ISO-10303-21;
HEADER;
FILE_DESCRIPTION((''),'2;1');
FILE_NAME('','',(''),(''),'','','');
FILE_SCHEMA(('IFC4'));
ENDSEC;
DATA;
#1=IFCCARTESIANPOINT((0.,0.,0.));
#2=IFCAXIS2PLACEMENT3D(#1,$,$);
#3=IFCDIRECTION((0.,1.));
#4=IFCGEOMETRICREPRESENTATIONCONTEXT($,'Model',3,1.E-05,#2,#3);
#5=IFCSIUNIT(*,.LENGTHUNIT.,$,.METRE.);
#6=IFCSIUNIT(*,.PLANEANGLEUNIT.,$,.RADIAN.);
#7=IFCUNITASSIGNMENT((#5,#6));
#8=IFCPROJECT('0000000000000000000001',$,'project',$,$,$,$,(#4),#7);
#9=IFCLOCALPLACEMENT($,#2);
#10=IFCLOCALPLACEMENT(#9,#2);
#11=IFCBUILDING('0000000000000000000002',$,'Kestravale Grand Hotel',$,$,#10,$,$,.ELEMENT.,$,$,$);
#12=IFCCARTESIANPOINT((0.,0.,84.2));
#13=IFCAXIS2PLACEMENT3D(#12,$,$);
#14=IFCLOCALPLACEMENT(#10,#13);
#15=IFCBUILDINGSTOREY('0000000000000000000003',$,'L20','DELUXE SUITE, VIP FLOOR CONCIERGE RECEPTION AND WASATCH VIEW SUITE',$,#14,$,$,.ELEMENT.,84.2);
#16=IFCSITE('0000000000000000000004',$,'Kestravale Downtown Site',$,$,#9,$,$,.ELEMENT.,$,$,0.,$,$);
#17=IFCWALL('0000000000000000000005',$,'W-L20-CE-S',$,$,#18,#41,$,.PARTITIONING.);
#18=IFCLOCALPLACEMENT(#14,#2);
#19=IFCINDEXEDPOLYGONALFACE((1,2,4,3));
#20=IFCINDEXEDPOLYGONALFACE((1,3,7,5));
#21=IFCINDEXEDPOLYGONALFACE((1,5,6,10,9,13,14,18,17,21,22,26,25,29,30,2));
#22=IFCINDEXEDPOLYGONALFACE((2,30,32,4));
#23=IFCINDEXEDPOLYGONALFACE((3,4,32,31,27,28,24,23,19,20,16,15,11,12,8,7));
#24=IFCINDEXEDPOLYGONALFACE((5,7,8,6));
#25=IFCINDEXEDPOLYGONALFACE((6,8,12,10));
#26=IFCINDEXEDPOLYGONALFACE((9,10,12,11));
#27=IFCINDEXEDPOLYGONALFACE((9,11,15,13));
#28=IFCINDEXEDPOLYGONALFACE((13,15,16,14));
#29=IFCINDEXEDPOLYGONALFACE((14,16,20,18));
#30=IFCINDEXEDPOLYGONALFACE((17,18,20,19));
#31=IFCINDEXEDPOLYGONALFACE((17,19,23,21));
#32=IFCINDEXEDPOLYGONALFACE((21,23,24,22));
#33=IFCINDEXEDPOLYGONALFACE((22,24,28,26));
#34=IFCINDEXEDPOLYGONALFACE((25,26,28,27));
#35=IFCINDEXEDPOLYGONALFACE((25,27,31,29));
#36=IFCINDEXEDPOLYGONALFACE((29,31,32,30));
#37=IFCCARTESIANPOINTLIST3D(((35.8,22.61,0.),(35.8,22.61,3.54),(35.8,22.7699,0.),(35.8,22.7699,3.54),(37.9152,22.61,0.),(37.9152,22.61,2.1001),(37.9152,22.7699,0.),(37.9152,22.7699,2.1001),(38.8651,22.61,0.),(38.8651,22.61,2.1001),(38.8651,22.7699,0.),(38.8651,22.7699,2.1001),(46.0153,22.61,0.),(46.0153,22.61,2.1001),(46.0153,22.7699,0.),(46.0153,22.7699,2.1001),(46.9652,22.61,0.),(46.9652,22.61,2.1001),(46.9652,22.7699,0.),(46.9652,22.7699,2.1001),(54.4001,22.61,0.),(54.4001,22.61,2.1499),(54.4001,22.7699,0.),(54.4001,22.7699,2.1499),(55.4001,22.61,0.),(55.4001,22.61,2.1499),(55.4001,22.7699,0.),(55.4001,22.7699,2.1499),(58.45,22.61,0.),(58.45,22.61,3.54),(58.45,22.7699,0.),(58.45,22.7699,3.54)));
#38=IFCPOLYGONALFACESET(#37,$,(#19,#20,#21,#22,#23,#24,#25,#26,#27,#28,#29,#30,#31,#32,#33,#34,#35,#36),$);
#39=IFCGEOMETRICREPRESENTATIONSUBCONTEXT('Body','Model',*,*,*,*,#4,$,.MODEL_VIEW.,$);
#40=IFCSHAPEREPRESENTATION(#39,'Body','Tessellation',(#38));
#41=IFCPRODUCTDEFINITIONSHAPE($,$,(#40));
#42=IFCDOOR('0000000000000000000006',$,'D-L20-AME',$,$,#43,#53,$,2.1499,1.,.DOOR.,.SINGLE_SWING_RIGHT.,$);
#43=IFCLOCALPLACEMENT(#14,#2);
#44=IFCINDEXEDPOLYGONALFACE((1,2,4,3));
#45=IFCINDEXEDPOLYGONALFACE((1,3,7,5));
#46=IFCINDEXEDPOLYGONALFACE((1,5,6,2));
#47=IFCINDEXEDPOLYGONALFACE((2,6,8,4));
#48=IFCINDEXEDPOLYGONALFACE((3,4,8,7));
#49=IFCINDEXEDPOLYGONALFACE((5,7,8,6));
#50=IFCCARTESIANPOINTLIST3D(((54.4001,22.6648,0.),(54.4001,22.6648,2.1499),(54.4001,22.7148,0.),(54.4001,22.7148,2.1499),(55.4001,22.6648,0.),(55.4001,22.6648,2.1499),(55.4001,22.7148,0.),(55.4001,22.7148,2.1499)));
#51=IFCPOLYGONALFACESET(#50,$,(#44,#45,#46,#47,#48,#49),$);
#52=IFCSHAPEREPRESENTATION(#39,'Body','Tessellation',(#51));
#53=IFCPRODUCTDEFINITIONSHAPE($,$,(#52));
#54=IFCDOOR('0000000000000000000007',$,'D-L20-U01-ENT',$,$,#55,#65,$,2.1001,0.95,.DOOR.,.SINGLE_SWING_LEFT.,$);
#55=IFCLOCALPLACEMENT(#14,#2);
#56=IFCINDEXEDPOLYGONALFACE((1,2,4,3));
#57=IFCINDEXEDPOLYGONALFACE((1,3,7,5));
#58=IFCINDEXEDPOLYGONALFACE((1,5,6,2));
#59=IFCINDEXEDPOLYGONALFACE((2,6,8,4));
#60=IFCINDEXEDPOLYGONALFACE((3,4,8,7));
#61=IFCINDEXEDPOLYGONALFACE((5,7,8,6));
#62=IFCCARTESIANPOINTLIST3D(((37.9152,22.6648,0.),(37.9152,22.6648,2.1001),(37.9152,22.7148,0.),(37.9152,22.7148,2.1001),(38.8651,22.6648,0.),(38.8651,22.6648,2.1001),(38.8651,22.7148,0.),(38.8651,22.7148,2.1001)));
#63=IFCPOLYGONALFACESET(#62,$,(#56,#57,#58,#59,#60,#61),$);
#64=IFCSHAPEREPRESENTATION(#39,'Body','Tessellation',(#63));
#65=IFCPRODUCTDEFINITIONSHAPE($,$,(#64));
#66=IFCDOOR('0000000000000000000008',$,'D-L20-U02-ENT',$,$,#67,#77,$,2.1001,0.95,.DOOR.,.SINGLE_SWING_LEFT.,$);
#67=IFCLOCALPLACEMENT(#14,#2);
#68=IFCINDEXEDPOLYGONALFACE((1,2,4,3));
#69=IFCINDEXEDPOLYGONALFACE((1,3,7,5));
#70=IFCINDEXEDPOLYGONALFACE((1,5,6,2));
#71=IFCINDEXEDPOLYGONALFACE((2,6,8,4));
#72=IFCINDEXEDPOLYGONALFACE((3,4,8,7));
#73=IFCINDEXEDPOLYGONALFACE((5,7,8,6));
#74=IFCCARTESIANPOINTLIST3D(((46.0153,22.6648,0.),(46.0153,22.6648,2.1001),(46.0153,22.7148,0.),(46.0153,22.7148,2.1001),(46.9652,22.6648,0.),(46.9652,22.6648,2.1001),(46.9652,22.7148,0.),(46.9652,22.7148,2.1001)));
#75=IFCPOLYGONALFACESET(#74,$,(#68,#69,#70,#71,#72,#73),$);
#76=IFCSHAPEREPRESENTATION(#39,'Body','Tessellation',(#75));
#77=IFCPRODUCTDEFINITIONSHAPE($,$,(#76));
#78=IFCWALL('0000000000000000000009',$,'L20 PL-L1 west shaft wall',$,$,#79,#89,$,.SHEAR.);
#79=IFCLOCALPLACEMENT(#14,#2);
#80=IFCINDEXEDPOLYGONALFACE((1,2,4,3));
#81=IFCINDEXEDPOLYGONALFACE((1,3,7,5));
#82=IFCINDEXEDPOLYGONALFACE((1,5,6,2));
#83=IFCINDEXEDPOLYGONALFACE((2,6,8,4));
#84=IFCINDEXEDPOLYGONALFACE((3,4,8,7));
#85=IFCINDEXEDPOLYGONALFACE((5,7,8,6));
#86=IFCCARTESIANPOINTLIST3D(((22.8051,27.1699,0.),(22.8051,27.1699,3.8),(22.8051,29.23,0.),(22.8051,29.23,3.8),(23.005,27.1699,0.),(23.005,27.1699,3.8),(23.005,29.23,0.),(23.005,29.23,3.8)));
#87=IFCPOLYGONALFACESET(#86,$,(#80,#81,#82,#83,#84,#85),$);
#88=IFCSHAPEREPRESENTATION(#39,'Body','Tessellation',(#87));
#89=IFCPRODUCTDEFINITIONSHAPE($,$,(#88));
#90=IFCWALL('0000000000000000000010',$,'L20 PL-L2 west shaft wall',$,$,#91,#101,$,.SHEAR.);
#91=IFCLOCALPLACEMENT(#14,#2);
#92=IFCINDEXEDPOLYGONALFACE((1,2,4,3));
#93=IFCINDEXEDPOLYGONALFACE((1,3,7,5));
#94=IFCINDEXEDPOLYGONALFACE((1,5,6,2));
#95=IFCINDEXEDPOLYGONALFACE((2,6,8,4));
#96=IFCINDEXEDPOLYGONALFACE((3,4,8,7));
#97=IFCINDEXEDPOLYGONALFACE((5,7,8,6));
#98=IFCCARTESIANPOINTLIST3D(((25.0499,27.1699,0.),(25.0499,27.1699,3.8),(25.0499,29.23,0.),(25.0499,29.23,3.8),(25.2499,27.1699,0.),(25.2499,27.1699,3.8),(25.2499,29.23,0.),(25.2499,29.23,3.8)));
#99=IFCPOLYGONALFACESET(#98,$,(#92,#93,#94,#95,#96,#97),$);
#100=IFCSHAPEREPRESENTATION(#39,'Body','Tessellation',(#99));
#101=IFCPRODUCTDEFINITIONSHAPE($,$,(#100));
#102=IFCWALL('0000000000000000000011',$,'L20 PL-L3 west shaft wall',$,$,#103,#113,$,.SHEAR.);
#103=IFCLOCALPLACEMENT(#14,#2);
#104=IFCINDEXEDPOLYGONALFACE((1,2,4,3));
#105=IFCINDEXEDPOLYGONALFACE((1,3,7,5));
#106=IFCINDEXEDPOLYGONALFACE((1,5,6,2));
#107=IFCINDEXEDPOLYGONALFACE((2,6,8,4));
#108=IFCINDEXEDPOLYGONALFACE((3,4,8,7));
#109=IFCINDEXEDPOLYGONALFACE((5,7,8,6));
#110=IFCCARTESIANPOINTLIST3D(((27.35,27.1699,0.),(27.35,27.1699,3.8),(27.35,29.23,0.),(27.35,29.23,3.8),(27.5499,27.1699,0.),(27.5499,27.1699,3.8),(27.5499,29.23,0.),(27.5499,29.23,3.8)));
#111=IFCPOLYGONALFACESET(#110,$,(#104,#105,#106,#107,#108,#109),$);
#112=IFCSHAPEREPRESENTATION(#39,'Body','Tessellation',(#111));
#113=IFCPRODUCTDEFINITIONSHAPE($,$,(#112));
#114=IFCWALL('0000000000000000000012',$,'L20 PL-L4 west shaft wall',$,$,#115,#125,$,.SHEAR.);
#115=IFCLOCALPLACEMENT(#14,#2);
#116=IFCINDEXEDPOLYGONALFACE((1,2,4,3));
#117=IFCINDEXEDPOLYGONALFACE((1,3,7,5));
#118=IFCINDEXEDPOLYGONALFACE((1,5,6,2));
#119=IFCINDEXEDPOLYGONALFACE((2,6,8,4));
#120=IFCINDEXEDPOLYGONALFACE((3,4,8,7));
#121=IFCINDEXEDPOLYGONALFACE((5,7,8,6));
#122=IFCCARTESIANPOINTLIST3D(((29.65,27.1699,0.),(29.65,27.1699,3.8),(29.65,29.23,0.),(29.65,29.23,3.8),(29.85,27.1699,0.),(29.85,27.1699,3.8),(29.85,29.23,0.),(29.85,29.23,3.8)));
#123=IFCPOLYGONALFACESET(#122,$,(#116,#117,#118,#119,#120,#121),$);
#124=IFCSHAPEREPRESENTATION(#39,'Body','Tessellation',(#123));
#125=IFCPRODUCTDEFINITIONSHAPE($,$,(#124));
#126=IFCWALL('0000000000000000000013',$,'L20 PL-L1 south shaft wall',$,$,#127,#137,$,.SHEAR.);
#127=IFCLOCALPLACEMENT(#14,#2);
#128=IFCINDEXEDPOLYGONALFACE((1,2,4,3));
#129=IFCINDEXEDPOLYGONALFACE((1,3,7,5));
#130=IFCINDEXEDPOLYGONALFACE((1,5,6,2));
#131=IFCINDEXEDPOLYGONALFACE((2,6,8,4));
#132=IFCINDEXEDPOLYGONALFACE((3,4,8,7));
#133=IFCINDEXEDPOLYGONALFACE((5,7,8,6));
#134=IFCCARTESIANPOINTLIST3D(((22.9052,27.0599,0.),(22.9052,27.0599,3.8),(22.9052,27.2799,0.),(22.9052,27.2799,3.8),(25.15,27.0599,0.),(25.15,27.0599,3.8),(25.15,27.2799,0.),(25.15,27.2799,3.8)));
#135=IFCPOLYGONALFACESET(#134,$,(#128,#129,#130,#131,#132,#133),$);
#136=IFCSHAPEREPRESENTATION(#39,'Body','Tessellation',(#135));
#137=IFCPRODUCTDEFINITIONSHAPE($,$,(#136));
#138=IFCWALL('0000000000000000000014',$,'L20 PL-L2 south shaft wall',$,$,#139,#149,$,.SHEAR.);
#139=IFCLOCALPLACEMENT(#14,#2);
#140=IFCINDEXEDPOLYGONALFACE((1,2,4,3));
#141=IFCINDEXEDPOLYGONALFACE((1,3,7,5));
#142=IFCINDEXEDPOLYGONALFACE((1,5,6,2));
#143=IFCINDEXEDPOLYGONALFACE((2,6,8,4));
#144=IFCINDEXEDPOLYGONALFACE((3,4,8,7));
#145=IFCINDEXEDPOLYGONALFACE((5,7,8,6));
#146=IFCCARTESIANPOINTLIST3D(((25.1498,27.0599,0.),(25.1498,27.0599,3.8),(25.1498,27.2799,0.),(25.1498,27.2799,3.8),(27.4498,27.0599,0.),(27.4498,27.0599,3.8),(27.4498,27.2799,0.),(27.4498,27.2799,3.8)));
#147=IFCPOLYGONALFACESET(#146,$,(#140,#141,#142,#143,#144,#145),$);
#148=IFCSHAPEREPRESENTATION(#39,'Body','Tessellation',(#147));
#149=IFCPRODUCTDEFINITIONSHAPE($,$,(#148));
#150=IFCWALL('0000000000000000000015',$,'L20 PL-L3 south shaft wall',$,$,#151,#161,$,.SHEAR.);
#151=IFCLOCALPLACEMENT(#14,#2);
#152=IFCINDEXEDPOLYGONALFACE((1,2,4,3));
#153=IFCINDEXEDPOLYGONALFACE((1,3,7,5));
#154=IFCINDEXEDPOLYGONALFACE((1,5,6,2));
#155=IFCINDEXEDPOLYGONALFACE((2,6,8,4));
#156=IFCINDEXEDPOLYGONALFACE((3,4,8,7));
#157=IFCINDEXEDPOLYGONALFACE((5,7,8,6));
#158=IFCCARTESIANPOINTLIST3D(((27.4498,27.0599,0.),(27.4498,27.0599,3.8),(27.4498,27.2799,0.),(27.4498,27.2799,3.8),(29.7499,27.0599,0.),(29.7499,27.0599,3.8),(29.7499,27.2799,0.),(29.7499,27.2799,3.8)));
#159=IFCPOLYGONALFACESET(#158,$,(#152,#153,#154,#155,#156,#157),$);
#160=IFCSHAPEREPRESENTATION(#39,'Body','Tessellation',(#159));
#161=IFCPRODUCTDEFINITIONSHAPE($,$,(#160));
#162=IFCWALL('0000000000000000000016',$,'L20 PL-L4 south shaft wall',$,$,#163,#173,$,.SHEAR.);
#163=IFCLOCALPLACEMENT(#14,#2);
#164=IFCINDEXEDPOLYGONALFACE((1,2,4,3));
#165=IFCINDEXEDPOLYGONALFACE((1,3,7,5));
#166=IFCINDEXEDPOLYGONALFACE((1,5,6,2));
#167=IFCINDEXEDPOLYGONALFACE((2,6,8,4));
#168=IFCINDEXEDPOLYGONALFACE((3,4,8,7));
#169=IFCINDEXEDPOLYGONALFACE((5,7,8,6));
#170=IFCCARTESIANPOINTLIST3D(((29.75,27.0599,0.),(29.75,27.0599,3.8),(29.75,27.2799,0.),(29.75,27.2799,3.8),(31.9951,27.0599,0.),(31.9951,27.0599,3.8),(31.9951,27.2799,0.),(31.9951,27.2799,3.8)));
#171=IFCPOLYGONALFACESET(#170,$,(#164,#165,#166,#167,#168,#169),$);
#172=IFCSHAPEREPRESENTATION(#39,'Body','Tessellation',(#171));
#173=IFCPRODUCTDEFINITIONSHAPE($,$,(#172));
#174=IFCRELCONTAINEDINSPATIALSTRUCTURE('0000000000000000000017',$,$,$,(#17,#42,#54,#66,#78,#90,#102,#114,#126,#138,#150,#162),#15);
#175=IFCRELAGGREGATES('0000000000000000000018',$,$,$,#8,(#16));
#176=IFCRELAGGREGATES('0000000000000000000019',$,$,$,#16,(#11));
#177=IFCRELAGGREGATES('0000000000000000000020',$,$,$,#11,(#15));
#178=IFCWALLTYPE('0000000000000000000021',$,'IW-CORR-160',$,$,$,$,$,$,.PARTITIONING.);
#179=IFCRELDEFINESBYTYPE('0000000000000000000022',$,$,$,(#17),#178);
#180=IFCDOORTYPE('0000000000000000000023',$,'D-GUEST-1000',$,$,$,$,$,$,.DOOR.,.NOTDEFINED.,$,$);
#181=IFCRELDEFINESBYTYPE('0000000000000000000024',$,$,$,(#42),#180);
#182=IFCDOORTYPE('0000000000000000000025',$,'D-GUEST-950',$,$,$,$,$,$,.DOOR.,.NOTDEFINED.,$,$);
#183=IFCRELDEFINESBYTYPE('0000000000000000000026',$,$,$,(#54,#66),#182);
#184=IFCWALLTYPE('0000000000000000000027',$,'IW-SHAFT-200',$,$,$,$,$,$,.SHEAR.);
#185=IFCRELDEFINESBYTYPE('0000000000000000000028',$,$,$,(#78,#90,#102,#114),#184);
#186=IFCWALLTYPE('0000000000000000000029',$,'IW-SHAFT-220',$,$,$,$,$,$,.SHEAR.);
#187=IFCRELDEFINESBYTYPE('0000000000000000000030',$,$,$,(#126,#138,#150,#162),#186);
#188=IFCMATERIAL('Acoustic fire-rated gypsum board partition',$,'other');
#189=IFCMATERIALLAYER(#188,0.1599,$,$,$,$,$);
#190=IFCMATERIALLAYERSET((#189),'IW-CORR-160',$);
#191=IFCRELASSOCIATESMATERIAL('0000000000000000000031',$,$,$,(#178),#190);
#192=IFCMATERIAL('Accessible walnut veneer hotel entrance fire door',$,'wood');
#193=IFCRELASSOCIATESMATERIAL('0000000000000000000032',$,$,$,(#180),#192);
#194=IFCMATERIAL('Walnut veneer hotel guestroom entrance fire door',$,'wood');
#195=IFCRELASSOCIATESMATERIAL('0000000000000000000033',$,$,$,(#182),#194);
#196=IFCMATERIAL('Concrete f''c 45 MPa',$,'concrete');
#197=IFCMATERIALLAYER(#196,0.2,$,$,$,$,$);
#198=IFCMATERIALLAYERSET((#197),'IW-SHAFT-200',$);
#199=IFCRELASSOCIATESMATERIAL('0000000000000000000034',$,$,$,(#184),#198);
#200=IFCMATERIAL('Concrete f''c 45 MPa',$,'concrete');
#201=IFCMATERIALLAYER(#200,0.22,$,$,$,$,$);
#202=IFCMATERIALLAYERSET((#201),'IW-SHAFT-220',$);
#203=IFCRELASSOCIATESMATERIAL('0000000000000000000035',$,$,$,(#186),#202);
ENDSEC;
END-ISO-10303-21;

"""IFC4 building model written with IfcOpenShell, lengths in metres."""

from ifc_helpers import new_model, si_unit, direction, frame, frame_2d, origin, place, context, subcontext, project, spatial, rectangle, extrude, material, layer, layer_set, type_object, element, fill, save


model = new_model("IFC4")

# Units and contexts
model_context = context("Model", 3, precision=1e-05, world=origin(), true_north=direction((0.0, 1.0)))
body_context = subcontext(model_context, "Body", "Model", "MODEL_VIEW")
ifc_project = project(units=[si_unit("LENGTHUNIT", "METRE"), si_unit("PLANEANGLEUNIT", "RADIAN")], contexts=[model_context])

# Site, building, storey
site_placement = place(None, origin())
site = spatial("IfcSite", under=ifc_project, at=site_placement, Name="Kestravale Downtown Site", CompositionType="ELEMENT", RefElevation=0.0)
building_placement = place(site_placement, origin())
building = spatial("IfcBuilding", under=site, at=building_placement, Name="Kestravale Grand Hotel", CompositionType="ELEMENT")
storey_placement = place(building_placement, frame((0.0, 0.0, 84.2)))
storey = spatial("IfcBuildingStorey", under=building, at=storey_placement, Name="L20", Description="DELUXE SUITE, VIP FLOOR CONCIERGE RECEPTION AND WASATCH VIEW SUITE", CompositionType="ELEMENT", Elevation=84.2)

# Shared definitions
ifc_material_1 = material(Name="Acoustic fire-rated gypsum board partition", Category="other")
ifc_layer_1 = layer(ifc_material_1, 0.1599)
ifc_layer_set_1 = layer_set([ifc_layer_1], Name="IW-CORR-160")
wall_type_1 = type_object("IfcWallType", Name="IW-CORR-160", PredefinedType="PARTITIONING", material=ifc_layer_set_1)

# Wall, openings, doors
wall_1_placement = place(storey_placement, frame((35.8, 22.6899, 0.0), z_axis=(0.0, 0.0, 1.0), x_axis=(1.0, 0.0, 0.0)))
wall_1 = element("IfcWall", 1, at=wall_1_placement, inside=storey, type_object=wall_type_1, Name="W-L20-CE-S", PredefinedType="PARTITIONING", context=body_context, shape_type="SweptSolid", body=[
    extrude(rectangle(XDim=22.6499, YDim=0.1599, at=frame_2d((11.325, 0.0))), origin(), (0.0, 0.0, 1.0), 3.54),
])
opening_1_placement = place(wall_1_placement, frame((2.115, 0.0, 0.0)))
opening_1 = element("IfcOpeningElement", 2, at=opening_1_placement, cuts=wall_1, PredefinedType="OPENING", context=body_context, shape_type="SweptSolid", body=[
    extrude(rectangle(XDim=0.95, YDim=2.1001, at=frame_2d((0.4751, 1.05))), frame((0.0, 0.0898, 0.0), z_axis=(0.0, -1.0, 0.0), x_axis=(1.0, 0.0, 0.0)), (0.0, 0.0, 1.0), 0.1799),
])
opening_2_placement = place(wall_1_placement, frame((10.2151, 0.0, 0.0)))
opening_2 = element("IfcOpeningElement", 3, at=opening_2_placement, cuts=wall_1, PredefinedType="OPENING", context=body_context, shape_type="SweptSolid", body=[
    extrude(rectangle(XDim=0.95, YDim=2.1001, at=frame_2d((0.4751, 1.05))), frame((0.0, 0.0898, 0.0), z_axis=(0.0, -1.0, 0.0), x_axis=(1.0, 0.0, 0.0)), (0.0, 0.0, 1.0), 0.1799),
])
opening_3_placement = place(wall_1_placement, frame((18.6001, 0.0, 0.0)))
opening_3 = element("IfcOpeningElement", 4, at=opening_3_placement, cuts=wall_1, PredefinedType="OPENING", context=body_context, shape_type="SweptSolid", body=[
    extrude(rectangle(XDim=1.0, YDim=2.1499, at=frame_2d((0.5, 1.075))), frame((0.0, 0.0898, 0.0), z_axis=(0.0, -1.0, 0.0), x_axis=(1.0, 0.0, 0.0)), (0.0, 0.0, 1.0), 0.1799),
])
ifc_material_2 = material(Name="Accessible walnut veneer hotel entrance fire door", Category="wood")
door_type_1 = type_object("IfcDoorType", Name="D-GUEST-1000", OperationType="NOTDEFINED", PredefinedType="DOOR", material=ifc_material_2)
door_1_placement = place(opening_3_placement, origin())
door_1 = element("IfcDoor", 5, at=door_1_placement, inside=storey, type_object=door_type_1, Name="D-L20-AME", OperationType="SINGLE_SWING_RIGHT", OverallHeight=2.1499, OverallWidth=1.0, PredefinedType="DOOR", context=body_context, shape_type="SweptSolid", body=[
    extrude(rectangle(XDim=1.0, YDim=2.1499, at=frame_2d((0.5, 1.075))), frame((0.0, 0.0249, 0.0), z_axis=(0.0, -1.0, 0.0), x_axis=(1.0, 0.0, 0.0)), (0.0, 0.0, 1.0), 0.05),
])
fill(opening_3, door_1)
ifc_material_3 = material(Name="Walnut veneer hotel guestroom entrance fire door", Category="wood")
door_type_2 = type_object("IfcDoorType", Name="D-GUEST-950", OperationType="NOTDEFINED", PredefinedType="DOOR", material=ifc_material_3)
door_2_placement = place(opening_1_placement, origin())
door_2 = element("IfcDoor", 6, at=door_2_placement, inside=storey, type_object=door_type_2, Name="D-L20-U01-ENT", OperationType="SINGLE_SWING_LEFT", OverallHeight=2.1001, OverallWidth=0.95, PredefinedType="DOOR", context=body_context, shape_type="SweptSolid", body=[
    extrude(rectangle(XDim=0.95, YDim=2.1001, at=frame_2d((0.4751, 1.05))), frame((0.0, 0.0249, 0.0), z_axis=(0.0, -1.0, 0.0), x_axis=(1.0, 0.0, 0.0)), (0.0, 0.0, 1.0), 0.05),
])
fill(opening_1, door_2)
door_3_placement = place(opening_2_placement, origin())
door_3 = element("IfcDoor", 7, at=door_3_placement, inside=storey, type_object=door_type_2, Name="D-L20-U02-ENT", OperationType="SINGLE_SWING_LEFT", OverallHeight=2.1001, OverallWidth=0.95, PredefinedType="DOOR", context=body_context, shape_type="SweptSolid", body=[
    extrude(rectangle(XDim=0.95, YDim=2.1001, at=frame_2d((0.4751, 1.05))), frame((0.0, 0.0249, 0.0), z_axis=(0.0, -1.0, 0.0), x_axis=(1.0, 0.0, 0.0)), (0.0, 0.0, 1.0), 0.05),
])
fill(opening_2, door_3)

# Walls
ifc_material_4 = material(Name="Concrete f'c 45 MPa", Category="concrete")
ifc_layer_2 = layer(ifc_material_4, 0.2)
ifc_layer_set_2 = layer_set([ifc_layer_2], Name="IW-SHAFT-200")
wall_type_2 = type_object("IfcWallType", Name="IW-SHAFT-200", PredefinedType="SHEAR", material=ifc_layer_set_2)
for number, where, z_axis, x_axis, name in (
    (8, (22.905, 27.1699, 0.0), (0.0, 0.0, 1.0), (0.0, 1.0, 0.0), "L20 PL-L1 west shaft wall"),
    (9, (25.1499, 27.1699, 0.0), (0.0, 0.0, 1.0), (0.0, 1.0, 0.0), "L20 PL-L2 west shaft wall"),
    (10, (27.45, 27.1699, 0.0), (0.0, 0.0, 1.0), (0.0, 1.0, 0.0), "L20 PL-L3 west shaft wall"),
    (11, (29.75, 27.1699, 0.0), (0.0, 0.0, 1.0), (0.0, 1.0, 0.0), "L20 PL-L4 west shaft wall"),
):
    element("IfcWall", number, at=place(storey_placement, frame(where, z_axis=z_axis, x_axis=x_axis)), inside=storey, type_object=wall_type_2, Name=name, PredefinedType="SHEAR", context=body_context, shape_type="SweptSolid", body=[
        extrude(rectangle(XDim=2.0601, YDim=0.2, at=frame_2d((1.03, 0.0))), origin(), (0.0, 0.0, 1.0), 3.8),
    ])
ifc_material_5 = material(Name="Concrete f'c 45 MPa", Category="concrete")
ifc_layer_3 = layer(ifc_material_5, 0.22)
ifc_layer_set_3 = layer_set([ifc_layer_3], Name="IW-SHAFT-220")
wall_type_3 = type_object("IfcWallType", Name="IW-SHAFT-220", PredefinedType="SHEAR", material=ifc_layer_set_3)
wall_2_placement = place(storey_placement, frame((22.905, 27.1699, 0.0), z_axis=(0.0, 0.0, 1.0), x_axis=(1.0, 0.0, 0.0)))
element("IfcWall", 12, at=wall_2_placement, inside=storey, type_object=wall_type_3, Name="L20 PL-L1 south shaft wall", PredefinedType="SHEAR", context=body_context, shape_type="SweptSolid", body=[
    extrude(rectangle(XDim=2.2449, YDim=0.22, at=frame_2d((1.1226, 0.0))), origin(), (0.0, 0.0, 1.0), 3.8),
])
for number, where, z_axis, x_axis, name in (
    (13, (25.1499, 27.1699, 0.0), (0.0, 0.0, 1.0), (1.0, 0.0, 0.0), "L20 PL-L2 south shaft wall"),
    (14, (27.45, 27.1699, 0.0), (0.0, 0.0, 1.0), (1.0, 0.0, 0.0), "L20 PL-L3 south shaft wall"),
):
    element("IfcWall", number, at=place(storey_placement, frame(where, z_axis=z_axis, x_axis=x_axis)), inside=storey, type_object=wall_type_3, Name=name, PredefinedType="SHEAR", context=body_context, shape_type="SweptSolid", body=[
        extrude(rectangle(XDim=2.3, YDim=0.22, at=frame_2d((1.1499, 0.0))), origin(), (0.0, 0.0, 1.0), 3.8),
    ])
wall_3_placement = place(storey_placement, frame((29.75, 27.1699, 0.0), z_axis=(0.0, 0.0, 1.0), x_axis=(1.0, 0.0, 0.0)))
element("IfcWall", 15, at=wall_3_placement, inside=storey, type_object=wall_type_3, Name="L20 PL-L4 south shaft wall", PredefinedType="SHEAR", context=body_context, shape_type="SweptSolid", body=[
    extrude(rectangle(XDim=2.2451, YDim=0.22, at=frame_2d((1.1226, 0.0))), origin(), (0.0, 0.0, 1.0), 3.8),
])

save(model, "model.ifc")
